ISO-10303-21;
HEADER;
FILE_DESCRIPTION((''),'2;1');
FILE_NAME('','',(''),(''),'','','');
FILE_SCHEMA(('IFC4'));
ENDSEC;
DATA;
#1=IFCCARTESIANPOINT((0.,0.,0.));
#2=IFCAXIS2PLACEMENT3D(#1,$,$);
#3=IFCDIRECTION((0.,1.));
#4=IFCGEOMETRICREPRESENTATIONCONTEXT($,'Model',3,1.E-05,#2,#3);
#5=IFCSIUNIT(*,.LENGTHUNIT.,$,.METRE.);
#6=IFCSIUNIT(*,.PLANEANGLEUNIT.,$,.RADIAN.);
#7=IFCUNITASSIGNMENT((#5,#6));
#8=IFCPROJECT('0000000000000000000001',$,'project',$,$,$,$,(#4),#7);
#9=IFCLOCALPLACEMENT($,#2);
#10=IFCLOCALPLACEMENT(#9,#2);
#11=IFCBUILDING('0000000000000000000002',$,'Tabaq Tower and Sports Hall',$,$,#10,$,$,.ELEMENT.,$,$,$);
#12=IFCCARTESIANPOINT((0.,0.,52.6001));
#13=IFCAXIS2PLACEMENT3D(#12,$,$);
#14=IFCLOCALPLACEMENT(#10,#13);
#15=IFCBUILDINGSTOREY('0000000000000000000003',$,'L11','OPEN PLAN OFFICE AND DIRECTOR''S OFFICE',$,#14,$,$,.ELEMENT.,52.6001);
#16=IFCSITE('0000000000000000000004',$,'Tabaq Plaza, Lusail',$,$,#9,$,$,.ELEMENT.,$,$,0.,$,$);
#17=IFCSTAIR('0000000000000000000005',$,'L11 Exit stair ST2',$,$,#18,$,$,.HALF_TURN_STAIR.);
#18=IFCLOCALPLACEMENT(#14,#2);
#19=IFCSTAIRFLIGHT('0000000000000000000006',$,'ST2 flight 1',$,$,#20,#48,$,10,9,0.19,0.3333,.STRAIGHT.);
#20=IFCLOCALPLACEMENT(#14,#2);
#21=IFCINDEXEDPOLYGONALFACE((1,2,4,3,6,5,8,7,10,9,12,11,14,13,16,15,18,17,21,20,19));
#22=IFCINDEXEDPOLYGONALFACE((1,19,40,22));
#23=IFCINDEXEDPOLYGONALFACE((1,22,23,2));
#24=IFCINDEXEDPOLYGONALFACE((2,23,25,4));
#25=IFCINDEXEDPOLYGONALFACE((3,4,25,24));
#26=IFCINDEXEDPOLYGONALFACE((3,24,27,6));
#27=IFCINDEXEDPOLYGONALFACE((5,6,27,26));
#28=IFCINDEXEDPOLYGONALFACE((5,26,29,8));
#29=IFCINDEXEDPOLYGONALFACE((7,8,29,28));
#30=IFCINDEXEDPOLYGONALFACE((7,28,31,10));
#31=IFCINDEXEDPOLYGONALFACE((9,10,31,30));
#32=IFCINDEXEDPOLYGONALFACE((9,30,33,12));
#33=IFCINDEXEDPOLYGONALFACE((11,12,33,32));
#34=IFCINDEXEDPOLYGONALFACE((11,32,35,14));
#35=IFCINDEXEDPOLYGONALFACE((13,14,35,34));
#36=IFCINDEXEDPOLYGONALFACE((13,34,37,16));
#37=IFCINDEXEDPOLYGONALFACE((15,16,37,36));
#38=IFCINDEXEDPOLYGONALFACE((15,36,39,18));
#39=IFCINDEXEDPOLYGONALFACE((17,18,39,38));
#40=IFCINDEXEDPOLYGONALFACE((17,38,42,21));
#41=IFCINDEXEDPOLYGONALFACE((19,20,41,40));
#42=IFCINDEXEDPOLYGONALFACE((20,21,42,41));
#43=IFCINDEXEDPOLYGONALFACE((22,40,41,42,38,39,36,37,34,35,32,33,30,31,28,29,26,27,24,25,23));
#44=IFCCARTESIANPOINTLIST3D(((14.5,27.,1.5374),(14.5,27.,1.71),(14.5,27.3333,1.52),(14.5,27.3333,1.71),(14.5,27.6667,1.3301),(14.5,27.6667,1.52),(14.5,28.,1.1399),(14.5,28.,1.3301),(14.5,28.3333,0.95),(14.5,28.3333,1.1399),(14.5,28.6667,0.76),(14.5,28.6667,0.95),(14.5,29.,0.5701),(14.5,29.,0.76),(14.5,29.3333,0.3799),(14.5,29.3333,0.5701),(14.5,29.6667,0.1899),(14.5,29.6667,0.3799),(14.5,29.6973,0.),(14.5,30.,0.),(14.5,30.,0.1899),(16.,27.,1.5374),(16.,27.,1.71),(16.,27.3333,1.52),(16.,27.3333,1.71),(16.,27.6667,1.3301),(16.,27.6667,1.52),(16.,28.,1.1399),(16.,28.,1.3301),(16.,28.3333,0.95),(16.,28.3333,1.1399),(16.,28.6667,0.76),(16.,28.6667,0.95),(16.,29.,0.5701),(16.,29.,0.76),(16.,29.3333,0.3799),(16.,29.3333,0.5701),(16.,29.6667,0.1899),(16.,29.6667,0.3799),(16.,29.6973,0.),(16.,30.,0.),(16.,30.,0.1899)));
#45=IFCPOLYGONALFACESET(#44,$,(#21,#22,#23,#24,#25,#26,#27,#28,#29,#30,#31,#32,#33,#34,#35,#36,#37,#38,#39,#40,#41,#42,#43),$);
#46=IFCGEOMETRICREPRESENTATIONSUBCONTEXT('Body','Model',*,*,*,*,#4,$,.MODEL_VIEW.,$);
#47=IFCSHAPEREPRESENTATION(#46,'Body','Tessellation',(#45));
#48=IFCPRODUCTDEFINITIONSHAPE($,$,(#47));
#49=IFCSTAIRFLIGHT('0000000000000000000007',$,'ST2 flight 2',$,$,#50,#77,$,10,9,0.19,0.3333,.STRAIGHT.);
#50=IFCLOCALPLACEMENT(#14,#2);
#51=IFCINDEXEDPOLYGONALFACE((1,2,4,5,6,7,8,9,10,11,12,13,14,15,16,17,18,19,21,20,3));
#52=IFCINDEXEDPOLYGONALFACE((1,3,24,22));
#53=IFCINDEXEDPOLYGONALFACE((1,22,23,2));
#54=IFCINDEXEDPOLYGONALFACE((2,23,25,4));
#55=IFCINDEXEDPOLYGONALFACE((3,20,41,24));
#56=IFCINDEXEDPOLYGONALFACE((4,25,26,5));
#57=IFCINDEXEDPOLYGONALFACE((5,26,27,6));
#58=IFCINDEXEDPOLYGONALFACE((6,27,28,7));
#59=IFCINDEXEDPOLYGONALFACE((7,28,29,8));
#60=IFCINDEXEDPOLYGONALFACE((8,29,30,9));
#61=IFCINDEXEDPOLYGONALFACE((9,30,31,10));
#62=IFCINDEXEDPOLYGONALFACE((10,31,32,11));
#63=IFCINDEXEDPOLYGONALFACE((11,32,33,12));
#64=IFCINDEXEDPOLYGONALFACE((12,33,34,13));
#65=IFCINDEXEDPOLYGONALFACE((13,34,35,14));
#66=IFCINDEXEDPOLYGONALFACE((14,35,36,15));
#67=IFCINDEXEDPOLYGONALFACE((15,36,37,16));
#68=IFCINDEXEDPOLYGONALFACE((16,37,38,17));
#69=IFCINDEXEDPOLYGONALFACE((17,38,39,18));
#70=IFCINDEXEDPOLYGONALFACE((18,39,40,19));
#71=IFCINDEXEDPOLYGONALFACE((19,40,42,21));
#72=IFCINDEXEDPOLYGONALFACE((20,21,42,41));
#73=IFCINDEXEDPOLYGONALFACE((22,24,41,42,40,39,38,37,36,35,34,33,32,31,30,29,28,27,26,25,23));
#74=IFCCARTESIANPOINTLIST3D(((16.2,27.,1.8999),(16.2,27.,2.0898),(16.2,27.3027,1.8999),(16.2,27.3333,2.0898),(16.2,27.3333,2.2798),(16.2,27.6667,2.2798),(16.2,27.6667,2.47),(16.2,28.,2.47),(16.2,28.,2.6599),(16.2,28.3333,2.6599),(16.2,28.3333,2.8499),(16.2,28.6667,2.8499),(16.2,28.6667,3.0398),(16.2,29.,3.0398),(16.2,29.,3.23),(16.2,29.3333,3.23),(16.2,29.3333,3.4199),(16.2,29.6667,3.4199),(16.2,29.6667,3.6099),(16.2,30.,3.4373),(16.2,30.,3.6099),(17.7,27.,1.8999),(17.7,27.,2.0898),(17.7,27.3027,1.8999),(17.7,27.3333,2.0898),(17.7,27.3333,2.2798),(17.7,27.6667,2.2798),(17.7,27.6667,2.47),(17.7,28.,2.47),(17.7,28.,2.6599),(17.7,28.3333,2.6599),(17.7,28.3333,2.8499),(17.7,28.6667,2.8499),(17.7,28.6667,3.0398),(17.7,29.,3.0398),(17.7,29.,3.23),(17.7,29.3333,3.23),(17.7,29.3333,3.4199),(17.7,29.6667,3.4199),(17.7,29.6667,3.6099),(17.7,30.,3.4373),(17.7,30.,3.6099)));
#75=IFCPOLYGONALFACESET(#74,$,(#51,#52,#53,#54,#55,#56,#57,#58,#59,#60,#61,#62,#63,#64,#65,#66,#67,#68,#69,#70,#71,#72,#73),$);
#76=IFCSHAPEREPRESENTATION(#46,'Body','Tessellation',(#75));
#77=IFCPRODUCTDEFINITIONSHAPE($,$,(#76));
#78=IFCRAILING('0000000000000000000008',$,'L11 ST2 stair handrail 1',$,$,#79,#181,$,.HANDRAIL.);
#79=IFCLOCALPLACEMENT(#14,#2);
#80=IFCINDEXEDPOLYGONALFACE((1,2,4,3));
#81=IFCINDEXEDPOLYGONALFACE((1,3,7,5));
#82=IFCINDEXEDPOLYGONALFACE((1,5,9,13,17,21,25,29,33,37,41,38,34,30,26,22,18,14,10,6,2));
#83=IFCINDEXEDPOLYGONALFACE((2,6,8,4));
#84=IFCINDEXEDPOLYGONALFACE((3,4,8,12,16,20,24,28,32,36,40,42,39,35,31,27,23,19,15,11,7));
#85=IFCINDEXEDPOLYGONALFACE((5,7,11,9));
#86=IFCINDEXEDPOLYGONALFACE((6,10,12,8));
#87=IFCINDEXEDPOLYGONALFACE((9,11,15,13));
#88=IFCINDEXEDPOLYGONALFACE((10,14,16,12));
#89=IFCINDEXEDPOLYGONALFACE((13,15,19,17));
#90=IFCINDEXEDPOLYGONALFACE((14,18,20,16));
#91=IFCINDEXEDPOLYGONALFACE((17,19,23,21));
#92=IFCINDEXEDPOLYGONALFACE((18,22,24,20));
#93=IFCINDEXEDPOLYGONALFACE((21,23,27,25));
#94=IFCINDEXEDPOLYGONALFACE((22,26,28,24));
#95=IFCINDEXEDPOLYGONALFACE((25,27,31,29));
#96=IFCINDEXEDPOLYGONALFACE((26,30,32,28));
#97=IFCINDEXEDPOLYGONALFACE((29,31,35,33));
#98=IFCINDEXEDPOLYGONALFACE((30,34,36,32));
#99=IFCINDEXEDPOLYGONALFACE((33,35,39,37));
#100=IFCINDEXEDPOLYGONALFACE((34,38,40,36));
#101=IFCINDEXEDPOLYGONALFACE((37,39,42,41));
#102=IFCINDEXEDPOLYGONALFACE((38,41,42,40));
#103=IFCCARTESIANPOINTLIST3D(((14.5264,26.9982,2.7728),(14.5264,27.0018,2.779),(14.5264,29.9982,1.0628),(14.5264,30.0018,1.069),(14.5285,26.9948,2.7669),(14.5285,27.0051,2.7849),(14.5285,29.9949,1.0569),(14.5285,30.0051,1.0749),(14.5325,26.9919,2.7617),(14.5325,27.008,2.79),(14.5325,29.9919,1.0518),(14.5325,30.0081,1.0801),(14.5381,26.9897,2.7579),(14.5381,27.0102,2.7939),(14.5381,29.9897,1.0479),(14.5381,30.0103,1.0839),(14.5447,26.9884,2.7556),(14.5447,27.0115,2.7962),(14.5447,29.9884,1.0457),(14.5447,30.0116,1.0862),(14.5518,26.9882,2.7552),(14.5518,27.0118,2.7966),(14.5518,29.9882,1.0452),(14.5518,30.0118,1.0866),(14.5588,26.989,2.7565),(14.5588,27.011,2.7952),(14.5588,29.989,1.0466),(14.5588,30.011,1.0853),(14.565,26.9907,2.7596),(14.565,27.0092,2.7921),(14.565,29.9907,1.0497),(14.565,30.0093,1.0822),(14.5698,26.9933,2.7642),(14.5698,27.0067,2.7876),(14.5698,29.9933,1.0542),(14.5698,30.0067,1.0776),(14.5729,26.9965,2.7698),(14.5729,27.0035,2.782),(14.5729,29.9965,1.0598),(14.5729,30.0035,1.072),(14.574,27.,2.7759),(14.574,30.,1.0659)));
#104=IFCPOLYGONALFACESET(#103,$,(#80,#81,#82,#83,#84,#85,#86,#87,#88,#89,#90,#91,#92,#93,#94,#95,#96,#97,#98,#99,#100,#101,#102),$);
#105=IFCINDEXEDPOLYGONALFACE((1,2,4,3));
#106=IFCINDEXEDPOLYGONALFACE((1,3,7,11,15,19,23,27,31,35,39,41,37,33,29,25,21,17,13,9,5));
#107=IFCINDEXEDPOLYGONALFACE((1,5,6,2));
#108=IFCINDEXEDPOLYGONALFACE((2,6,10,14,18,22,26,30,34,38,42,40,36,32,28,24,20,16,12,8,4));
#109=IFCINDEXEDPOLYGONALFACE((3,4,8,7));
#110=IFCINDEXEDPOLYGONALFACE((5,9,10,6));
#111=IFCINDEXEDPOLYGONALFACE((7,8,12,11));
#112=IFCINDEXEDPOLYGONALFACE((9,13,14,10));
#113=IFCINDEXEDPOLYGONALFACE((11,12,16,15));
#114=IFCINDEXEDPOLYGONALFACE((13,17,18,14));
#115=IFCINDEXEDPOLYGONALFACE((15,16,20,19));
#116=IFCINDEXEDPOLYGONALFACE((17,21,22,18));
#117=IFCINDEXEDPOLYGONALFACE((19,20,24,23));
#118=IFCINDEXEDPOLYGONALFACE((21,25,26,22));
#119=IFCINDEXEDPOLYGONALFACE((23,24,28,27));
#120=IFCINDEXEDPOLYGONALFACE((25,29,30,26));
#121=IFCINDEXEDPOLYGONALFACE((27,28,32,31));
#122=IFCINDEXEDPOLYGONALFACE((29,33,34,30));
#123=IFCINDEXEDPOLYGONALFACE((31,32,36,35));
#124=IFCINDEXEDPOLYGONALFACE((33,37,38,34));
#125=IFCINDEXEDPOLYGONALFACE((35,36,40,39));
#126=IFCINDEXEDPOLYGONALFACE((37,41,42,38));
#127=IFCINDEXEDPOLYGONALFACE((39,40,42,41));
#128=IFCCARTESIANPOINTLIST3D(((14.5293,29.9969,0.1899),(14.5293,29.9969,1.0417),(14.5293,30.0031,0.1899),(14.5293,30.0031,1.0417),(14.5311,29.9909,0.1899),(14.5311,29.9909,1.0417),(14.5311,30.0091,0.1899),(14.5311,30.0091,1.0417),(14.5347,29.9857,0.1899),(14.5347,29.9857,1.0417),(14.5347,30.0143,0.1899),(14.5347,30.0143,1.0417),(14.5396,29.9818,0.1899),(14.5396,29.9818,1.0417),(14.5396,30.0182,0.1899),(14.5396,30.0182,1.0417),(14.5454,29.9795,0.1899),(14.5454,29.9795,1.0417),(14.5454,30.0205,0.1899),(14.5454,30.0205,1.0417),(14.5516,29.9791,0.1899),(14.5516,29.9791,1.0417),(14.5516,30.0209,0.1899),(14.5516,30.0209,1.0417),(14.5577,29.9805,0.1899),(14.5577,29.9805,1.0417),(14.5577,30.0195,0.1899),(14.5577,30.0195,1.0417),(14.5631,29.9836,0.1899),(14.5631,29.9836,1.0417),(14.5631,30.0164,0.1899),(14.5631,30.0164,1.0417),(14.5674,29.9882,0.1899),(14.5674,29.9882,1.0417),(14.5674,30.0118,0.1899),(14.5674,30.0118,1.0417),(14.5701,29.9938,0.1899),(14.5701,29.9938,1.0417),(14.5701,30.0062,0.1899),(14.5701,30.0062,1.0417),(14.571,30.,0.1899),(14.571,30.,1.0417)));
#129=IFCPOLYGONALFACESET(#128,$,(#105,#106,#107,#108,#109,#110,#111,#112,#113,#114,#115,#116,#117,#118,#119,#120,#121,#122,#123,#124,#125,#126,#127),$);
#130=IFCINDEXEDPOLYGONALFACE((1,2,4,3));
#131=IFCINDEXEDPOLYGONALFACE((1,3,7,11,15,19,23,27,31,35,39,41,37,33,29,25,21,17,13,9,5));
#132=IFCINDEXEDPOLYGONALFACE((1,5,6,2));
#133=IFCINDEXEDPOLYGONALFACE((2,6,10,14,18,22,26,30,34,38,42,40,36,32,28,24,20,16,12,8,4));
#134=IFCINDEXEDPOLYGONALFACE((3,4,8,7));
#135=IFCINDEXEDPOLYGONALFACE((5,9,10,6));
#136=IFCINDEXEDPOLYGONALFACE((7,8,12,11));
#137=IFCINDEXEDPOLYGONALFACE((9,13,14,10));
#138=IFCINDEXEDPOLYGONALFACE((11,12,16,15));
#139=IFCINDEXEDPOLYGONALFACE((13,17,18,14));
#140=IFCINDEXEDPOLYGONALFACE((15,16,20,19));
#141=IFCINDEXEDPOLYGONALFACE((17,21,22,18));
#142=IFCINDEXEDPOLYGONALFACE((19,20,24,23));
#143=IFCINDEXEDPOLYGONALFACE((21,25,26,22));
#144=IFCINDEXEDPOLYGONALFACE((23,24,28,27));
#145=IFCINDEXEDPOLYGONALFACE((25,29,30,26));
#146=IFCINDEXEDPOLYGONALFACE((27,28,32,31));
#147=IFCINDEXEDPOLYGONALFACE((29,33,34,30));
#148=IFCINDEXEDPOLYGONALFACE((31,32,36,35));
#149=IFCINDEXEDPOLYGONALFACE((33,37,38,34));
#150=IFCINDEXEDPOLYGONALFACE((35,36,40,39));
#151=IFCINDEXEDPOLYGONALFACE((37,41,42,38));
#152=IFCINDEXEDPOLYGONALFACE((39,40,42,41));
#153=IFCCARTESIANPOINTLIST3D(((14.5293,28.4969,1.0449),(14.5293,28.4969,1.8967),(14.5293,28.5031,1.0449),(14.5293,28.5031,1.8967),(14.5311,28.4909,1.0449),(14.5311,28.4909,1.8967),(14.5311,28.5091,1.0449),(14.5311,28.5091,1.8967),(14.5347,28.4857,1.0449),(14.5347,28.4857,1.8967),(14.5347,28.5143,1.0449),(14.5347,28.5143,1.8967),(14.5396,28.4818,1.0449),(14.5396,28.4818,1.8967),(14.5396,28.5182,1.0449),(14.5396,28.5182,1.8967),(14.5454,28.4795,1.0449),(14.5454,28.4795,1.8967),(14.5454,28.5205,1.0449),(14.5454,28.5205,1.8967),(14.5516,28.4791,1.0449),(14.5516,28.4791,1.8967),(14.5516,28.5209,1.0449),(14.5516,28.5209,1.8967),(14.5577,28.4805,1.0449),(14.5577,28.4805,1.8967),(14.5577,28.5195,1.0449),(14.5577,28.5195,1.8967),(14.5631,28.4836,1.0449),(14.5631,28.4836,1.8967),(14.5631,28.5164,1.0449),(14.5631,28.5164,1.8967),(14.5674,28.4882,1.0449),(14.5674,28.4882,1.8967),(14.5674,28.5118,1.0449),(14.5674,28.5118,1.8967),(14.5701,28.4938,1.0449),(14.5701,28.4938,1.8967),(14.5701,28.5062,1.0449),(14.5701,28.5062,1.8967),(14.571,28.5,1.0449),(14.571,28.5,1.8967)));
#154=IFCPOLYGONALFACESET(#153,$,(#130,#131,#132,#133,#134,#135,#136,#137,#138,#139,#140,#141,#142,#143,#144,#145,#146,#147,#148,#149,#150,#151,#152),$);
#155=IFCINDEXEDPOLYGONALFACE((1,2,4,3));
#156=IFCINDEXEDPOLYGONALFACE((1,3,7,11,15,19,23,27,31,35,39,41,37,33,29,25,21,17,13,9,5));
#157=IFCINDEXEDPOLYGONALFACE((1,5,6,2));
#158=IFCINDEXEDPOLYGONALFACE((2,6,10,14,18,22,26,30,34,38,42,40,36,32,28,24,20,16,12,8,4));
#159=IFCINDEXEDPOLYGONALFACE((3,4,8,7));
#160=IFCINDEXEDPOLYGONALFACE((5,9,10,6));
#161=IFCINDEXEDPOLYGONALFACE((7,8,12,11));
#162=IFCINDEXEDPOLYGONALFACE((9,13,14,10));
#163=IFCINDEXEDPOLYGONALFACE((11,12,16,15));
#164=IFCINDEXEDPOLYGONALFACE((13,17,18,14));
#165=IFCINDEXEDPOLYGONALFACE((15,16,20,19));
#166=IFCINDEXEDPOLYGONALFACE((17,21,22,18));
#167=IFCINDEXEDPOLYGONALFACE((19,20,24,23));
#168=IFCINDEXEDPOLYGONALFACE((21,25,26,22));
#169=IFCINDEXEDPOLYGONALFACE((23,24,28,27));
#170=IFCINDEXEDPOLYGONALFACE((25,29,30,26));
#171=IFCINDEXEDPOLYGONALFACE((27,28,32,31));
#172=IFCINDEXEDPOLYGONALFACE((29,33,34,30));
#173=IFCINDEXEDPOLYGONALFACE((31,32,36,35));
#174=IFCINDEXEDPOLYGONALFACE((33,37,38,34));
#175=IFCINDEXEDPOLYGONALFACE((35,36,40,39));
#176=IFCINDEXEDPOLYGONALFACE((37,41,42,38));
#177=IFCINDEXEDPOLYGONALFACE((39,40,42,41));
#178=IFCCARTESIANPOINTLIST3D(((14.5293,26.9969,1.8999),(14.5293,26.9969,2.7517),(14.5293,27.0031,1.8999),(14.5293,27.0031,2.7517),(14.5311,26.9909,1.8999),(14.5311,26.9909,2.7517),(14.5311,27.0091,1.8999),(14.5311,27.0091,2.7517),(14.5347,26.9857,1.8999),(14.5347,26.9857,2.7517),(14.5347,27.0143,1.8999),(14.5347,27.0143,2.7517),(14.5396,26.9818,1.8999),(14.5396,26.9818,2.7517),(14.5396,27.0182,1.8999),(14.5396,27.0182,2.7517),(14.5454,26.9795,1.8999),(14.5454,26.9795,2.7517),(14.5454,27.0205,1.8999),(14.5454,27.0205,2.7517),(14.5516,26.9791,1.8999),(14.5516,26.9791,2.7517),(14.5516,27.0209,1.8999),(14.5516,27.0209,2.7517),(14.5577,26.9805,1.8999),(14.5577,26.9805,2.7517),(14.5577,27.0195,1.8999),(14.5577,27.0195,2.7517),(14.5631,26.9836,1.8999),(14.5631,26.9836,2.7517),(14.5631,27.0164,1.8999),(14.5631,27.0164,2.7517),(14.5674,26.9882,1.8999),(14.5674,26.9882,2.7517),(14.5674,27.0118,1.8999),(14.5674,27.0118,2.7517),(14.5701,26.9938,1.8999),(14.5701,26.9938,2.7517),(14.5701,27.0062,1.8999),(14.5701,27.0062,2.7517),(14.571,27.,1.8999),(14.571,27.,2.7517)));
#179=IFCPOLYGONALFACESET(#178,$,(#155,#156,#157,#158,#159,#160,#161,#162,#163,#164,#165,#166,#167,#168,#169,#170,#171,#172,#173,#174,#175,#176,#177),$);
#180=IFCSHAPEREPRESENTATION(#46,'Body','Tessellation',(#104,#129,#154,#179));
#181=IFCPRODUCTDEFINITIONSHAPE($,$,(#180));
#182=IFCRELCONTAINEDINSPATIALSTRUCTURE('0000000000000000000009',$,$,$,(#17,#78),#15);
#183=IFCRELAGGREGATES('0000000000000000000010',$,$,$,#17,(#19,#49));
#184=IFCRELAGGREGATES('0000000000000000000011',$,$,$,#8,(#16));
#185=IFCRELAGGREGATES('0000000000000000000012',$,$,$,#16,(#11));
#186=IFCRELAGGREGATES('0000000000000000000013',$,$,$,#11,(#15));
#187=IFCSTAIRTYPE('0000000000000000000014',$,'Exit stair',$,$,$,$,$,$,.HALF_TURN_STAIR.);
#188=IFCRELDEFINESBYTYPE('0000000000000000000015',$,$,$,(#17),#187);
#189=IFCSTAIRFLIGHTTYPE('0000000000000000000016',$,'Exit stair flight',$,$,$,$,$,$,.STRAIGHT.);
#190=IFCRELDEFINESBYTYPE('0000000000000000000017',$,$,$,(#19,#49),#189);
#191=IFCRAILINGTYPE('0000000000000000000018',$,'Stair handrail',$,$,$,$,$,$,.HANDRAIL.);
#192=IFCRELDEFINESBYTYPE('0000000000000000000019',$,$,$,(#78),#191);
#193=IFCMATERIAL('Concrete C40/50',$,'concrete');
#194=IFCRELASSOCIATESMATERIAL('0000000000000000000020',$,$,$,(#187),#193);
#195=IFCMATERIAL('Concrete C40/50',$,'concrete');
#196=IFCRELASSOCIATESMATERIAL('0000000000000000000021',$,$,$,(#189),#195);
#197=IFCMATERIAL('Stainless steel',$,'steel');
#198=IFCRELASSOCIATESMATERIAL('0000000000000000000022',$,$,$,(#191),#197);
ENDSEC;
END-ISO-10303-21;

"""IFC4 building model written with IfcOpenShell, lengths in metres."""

from ifc_helpers import new_model, si_unit, direction, frame, origin, origin_2d, place, context, subcontext, project, spatial, polyline, circle, outline, extrude, material, type_object, element, aggregate, save


model = new_model("IFC4")

# Units and contexts
model_context = context("Model", 3, precision=1e-05, world=origin(), true_north=direction((0.0, 1.0)))
body_context = subcontext(model_context, "Body", "Model", "MODEL_VIEW")
ifc_project = project(units=[si_unit("LENGTHUNIT", "METRE"), si_unit("PLANEANGLEUNIT", "RADIAN")], contexts=[model_context])

# Site, building, storey
site_placement = place(None, origin())
site = spatial("IfcSite", under=ifc_project, at=site_placement, Name="Tabaq Plaza, Lusail", CompositionType="ELEMENT", RefElevation=0.0)
building_placement = place(site_placement, origin())
building = spatial("IfcBuilding", under=site, at=building_placement, Name="Tabaq Tower and Sports Hall", CompositionType="ELEMENT")
storey_placement = place(building_placement, frame((0.0, 0.0, 52.6001)))
storey = spatial("IfcBuildingStorey", under=building, at=storey_placement, Name="L11", Description="OPEN PLAN OFFICE AND DIRECTOR'S OFFICE", CompositionType="ELEMENT", Elevation=52.6001)

# Stair, stair flights
ifc_material_1 = material(Name="Concrete C40/50", Category="concrete")
stair_type = type_object("IfcStairType", Name="Exit stair", PredefinedType="HALF_TURN_STAIR", material=ifc_material_1)
stair_placement = place(storey_placement, origin())
stair = element("IfcStair", 1, at=stair_placement, inside=storey, type_object=stair_type, Name="L11 Exit stair ST2", PredefinedType="HALF_TURN_STAIR")
ifc_material_2 = material(Name="Concrete C40/50", Category="concrete")
stair_flight_type = type_object("IfcStairFlightType", Name="Exit stair flight", PredefinedType="STRAIGHT", material=ifc_material_2)
stair_flight_1_placement = place(storey_placement, frame((15.25, 30.0, 0.0), z_axis=(0.0, 0.0, 1.0), x_axis=(0.0, -1.0, 0.0)))
stair_flight_1 = element("IfcStairFlight", 2, at=stair_flight_1_placement, type_object=stair_flight_type, Name="ST2 flight 1", NumberOfRisers=10, NumberOfTreads=9, PredefinedType="STRAIGHT", RiserHeight=0.19, TreadLength=0.3333, context=body_context, shape_type="SweptSolid", body=[
    extrude(outline(polyline([(0.0, 0.0), (0.0, 0.1899), (0.3333, 0.1899), (0.3333, 0.3799), (0.6667, 0.3799), (0.6667, 0.5701), (1.0, 0.5701), (1.0, 0.76), (1.3333, 0.76), (1.3333, 0.95), (1.6667, 0.95), (1.6667, 1.1399), (2.0, 1.1399), (2.0, 1.3301), (2.3333, 1.3301), (2.3333, 1.52), (2.6667, 1.52), (2.6667, 1.71), (3.0, 1.71), (3.0, 1.8999), (3.0, 1.5374), (0.3027, 0.0), (0.0, 0.0)])), frame((0.0, 0.75, 0.0), z_axis=(0.0, -1.0, 0.0), x_axis=(1.0, 0.0, 0.0)), (0.0, 0.0, 1.0), 1.5),
])
stair_flight_2_placement = place(storey_placement, frame((16.95, 27.0, 1.8999), z_axis=(0.0, 0.0, 1.0), x_axis=(0.0, 1.0, 0.0)))
stair_flight_2 = element("IfcStairFlight", 3, at=stair_flight_2_placement, type_object=stair_flight_type, Name="ST2 flight 2", NumberOfRisers=10, NumberOfTreads=9, PredefinedType="STRAIGHT", RiserHeight=0.19, TreadLength=0.3333, context=body_context, shape_type="SweptSolid", body=[
    extrude(outline(polyline([(0.0, 0.0), (0.0, 0.1899), (0.3333, 0.1899), (0.3333, 0.3799), (0.6667, 0.3799), (0.6667, 0.5701), (1.0, 0.5701), (1.0, 0.76), (1.3333, 0.76), (1.3333, 0.95), (1.6667, 0.95), (1.6667, 1.1399), (2.0, 1.1399), (2.0, 1.3301), (2.3333, 1.3301), (2.3333, 1.52), (2.6667, 1.52), (2.6667, 1.71), (3.0, 1.71), (3.0, 1.8999), (3.0, 1.5374), (0.3027, 0.0), (0.0, 0.0)])), frame((0.0, 0.75, 0.0), z_axis=(0.0, -1.0, 0.0), x_axis=(1.0, 0.0, 0.0)), (0.0, 0.0, 1.0), 1.5),
])
aggregate(stair, [stair_flight_1, stair_flight_2])

# Railing
ifc_material_3 = material(Name="Stainless steel", Category="steel")
railing_type_1 = type_object("IfcRailingType", Name="Stair handrail", PredefinedType="HANDRAIL", material=ifc_material_3)
railing_1_placement = place(storey_placement, frame((14.55, 30.0, 0.1899)))
element("IfcRailing", 4, at=railing_1_placement, inside=storey, type_object=railing_type_1, Name="L11 ST2 stair handrail 1", PredefinedType="HANDRAIL", context=body_context, shape_type="SweptSolid", body=[
    extrude(circle(Radius=0.0239, at=origin_2d()), frame((0.0, 0.0, 0.876), z_axis=(0.0, -0.868782, 0.495195), x_axis=(1.0, 0.0, 0.0)), (0.0, 0.0, 1.0), 3.4531),
    extrude(circle(Radius=0.021, at=origin_2d()), origin(), (0.0, 0.0, 1.0), 0.8518),
    extrude(circle(Radius=0.021, at=origin_2d()), frame((0.0, -1.5, 0.855)), (0.0, 0.0, 1.0), 0.8518),
    extrude(circle(Radius=0.021, at=origin_2d()), frame((0.0, -3.0, 1.71)), (0.0, 0.0, 1.0), 0.8518),
])

save(model, "model.ifc")
